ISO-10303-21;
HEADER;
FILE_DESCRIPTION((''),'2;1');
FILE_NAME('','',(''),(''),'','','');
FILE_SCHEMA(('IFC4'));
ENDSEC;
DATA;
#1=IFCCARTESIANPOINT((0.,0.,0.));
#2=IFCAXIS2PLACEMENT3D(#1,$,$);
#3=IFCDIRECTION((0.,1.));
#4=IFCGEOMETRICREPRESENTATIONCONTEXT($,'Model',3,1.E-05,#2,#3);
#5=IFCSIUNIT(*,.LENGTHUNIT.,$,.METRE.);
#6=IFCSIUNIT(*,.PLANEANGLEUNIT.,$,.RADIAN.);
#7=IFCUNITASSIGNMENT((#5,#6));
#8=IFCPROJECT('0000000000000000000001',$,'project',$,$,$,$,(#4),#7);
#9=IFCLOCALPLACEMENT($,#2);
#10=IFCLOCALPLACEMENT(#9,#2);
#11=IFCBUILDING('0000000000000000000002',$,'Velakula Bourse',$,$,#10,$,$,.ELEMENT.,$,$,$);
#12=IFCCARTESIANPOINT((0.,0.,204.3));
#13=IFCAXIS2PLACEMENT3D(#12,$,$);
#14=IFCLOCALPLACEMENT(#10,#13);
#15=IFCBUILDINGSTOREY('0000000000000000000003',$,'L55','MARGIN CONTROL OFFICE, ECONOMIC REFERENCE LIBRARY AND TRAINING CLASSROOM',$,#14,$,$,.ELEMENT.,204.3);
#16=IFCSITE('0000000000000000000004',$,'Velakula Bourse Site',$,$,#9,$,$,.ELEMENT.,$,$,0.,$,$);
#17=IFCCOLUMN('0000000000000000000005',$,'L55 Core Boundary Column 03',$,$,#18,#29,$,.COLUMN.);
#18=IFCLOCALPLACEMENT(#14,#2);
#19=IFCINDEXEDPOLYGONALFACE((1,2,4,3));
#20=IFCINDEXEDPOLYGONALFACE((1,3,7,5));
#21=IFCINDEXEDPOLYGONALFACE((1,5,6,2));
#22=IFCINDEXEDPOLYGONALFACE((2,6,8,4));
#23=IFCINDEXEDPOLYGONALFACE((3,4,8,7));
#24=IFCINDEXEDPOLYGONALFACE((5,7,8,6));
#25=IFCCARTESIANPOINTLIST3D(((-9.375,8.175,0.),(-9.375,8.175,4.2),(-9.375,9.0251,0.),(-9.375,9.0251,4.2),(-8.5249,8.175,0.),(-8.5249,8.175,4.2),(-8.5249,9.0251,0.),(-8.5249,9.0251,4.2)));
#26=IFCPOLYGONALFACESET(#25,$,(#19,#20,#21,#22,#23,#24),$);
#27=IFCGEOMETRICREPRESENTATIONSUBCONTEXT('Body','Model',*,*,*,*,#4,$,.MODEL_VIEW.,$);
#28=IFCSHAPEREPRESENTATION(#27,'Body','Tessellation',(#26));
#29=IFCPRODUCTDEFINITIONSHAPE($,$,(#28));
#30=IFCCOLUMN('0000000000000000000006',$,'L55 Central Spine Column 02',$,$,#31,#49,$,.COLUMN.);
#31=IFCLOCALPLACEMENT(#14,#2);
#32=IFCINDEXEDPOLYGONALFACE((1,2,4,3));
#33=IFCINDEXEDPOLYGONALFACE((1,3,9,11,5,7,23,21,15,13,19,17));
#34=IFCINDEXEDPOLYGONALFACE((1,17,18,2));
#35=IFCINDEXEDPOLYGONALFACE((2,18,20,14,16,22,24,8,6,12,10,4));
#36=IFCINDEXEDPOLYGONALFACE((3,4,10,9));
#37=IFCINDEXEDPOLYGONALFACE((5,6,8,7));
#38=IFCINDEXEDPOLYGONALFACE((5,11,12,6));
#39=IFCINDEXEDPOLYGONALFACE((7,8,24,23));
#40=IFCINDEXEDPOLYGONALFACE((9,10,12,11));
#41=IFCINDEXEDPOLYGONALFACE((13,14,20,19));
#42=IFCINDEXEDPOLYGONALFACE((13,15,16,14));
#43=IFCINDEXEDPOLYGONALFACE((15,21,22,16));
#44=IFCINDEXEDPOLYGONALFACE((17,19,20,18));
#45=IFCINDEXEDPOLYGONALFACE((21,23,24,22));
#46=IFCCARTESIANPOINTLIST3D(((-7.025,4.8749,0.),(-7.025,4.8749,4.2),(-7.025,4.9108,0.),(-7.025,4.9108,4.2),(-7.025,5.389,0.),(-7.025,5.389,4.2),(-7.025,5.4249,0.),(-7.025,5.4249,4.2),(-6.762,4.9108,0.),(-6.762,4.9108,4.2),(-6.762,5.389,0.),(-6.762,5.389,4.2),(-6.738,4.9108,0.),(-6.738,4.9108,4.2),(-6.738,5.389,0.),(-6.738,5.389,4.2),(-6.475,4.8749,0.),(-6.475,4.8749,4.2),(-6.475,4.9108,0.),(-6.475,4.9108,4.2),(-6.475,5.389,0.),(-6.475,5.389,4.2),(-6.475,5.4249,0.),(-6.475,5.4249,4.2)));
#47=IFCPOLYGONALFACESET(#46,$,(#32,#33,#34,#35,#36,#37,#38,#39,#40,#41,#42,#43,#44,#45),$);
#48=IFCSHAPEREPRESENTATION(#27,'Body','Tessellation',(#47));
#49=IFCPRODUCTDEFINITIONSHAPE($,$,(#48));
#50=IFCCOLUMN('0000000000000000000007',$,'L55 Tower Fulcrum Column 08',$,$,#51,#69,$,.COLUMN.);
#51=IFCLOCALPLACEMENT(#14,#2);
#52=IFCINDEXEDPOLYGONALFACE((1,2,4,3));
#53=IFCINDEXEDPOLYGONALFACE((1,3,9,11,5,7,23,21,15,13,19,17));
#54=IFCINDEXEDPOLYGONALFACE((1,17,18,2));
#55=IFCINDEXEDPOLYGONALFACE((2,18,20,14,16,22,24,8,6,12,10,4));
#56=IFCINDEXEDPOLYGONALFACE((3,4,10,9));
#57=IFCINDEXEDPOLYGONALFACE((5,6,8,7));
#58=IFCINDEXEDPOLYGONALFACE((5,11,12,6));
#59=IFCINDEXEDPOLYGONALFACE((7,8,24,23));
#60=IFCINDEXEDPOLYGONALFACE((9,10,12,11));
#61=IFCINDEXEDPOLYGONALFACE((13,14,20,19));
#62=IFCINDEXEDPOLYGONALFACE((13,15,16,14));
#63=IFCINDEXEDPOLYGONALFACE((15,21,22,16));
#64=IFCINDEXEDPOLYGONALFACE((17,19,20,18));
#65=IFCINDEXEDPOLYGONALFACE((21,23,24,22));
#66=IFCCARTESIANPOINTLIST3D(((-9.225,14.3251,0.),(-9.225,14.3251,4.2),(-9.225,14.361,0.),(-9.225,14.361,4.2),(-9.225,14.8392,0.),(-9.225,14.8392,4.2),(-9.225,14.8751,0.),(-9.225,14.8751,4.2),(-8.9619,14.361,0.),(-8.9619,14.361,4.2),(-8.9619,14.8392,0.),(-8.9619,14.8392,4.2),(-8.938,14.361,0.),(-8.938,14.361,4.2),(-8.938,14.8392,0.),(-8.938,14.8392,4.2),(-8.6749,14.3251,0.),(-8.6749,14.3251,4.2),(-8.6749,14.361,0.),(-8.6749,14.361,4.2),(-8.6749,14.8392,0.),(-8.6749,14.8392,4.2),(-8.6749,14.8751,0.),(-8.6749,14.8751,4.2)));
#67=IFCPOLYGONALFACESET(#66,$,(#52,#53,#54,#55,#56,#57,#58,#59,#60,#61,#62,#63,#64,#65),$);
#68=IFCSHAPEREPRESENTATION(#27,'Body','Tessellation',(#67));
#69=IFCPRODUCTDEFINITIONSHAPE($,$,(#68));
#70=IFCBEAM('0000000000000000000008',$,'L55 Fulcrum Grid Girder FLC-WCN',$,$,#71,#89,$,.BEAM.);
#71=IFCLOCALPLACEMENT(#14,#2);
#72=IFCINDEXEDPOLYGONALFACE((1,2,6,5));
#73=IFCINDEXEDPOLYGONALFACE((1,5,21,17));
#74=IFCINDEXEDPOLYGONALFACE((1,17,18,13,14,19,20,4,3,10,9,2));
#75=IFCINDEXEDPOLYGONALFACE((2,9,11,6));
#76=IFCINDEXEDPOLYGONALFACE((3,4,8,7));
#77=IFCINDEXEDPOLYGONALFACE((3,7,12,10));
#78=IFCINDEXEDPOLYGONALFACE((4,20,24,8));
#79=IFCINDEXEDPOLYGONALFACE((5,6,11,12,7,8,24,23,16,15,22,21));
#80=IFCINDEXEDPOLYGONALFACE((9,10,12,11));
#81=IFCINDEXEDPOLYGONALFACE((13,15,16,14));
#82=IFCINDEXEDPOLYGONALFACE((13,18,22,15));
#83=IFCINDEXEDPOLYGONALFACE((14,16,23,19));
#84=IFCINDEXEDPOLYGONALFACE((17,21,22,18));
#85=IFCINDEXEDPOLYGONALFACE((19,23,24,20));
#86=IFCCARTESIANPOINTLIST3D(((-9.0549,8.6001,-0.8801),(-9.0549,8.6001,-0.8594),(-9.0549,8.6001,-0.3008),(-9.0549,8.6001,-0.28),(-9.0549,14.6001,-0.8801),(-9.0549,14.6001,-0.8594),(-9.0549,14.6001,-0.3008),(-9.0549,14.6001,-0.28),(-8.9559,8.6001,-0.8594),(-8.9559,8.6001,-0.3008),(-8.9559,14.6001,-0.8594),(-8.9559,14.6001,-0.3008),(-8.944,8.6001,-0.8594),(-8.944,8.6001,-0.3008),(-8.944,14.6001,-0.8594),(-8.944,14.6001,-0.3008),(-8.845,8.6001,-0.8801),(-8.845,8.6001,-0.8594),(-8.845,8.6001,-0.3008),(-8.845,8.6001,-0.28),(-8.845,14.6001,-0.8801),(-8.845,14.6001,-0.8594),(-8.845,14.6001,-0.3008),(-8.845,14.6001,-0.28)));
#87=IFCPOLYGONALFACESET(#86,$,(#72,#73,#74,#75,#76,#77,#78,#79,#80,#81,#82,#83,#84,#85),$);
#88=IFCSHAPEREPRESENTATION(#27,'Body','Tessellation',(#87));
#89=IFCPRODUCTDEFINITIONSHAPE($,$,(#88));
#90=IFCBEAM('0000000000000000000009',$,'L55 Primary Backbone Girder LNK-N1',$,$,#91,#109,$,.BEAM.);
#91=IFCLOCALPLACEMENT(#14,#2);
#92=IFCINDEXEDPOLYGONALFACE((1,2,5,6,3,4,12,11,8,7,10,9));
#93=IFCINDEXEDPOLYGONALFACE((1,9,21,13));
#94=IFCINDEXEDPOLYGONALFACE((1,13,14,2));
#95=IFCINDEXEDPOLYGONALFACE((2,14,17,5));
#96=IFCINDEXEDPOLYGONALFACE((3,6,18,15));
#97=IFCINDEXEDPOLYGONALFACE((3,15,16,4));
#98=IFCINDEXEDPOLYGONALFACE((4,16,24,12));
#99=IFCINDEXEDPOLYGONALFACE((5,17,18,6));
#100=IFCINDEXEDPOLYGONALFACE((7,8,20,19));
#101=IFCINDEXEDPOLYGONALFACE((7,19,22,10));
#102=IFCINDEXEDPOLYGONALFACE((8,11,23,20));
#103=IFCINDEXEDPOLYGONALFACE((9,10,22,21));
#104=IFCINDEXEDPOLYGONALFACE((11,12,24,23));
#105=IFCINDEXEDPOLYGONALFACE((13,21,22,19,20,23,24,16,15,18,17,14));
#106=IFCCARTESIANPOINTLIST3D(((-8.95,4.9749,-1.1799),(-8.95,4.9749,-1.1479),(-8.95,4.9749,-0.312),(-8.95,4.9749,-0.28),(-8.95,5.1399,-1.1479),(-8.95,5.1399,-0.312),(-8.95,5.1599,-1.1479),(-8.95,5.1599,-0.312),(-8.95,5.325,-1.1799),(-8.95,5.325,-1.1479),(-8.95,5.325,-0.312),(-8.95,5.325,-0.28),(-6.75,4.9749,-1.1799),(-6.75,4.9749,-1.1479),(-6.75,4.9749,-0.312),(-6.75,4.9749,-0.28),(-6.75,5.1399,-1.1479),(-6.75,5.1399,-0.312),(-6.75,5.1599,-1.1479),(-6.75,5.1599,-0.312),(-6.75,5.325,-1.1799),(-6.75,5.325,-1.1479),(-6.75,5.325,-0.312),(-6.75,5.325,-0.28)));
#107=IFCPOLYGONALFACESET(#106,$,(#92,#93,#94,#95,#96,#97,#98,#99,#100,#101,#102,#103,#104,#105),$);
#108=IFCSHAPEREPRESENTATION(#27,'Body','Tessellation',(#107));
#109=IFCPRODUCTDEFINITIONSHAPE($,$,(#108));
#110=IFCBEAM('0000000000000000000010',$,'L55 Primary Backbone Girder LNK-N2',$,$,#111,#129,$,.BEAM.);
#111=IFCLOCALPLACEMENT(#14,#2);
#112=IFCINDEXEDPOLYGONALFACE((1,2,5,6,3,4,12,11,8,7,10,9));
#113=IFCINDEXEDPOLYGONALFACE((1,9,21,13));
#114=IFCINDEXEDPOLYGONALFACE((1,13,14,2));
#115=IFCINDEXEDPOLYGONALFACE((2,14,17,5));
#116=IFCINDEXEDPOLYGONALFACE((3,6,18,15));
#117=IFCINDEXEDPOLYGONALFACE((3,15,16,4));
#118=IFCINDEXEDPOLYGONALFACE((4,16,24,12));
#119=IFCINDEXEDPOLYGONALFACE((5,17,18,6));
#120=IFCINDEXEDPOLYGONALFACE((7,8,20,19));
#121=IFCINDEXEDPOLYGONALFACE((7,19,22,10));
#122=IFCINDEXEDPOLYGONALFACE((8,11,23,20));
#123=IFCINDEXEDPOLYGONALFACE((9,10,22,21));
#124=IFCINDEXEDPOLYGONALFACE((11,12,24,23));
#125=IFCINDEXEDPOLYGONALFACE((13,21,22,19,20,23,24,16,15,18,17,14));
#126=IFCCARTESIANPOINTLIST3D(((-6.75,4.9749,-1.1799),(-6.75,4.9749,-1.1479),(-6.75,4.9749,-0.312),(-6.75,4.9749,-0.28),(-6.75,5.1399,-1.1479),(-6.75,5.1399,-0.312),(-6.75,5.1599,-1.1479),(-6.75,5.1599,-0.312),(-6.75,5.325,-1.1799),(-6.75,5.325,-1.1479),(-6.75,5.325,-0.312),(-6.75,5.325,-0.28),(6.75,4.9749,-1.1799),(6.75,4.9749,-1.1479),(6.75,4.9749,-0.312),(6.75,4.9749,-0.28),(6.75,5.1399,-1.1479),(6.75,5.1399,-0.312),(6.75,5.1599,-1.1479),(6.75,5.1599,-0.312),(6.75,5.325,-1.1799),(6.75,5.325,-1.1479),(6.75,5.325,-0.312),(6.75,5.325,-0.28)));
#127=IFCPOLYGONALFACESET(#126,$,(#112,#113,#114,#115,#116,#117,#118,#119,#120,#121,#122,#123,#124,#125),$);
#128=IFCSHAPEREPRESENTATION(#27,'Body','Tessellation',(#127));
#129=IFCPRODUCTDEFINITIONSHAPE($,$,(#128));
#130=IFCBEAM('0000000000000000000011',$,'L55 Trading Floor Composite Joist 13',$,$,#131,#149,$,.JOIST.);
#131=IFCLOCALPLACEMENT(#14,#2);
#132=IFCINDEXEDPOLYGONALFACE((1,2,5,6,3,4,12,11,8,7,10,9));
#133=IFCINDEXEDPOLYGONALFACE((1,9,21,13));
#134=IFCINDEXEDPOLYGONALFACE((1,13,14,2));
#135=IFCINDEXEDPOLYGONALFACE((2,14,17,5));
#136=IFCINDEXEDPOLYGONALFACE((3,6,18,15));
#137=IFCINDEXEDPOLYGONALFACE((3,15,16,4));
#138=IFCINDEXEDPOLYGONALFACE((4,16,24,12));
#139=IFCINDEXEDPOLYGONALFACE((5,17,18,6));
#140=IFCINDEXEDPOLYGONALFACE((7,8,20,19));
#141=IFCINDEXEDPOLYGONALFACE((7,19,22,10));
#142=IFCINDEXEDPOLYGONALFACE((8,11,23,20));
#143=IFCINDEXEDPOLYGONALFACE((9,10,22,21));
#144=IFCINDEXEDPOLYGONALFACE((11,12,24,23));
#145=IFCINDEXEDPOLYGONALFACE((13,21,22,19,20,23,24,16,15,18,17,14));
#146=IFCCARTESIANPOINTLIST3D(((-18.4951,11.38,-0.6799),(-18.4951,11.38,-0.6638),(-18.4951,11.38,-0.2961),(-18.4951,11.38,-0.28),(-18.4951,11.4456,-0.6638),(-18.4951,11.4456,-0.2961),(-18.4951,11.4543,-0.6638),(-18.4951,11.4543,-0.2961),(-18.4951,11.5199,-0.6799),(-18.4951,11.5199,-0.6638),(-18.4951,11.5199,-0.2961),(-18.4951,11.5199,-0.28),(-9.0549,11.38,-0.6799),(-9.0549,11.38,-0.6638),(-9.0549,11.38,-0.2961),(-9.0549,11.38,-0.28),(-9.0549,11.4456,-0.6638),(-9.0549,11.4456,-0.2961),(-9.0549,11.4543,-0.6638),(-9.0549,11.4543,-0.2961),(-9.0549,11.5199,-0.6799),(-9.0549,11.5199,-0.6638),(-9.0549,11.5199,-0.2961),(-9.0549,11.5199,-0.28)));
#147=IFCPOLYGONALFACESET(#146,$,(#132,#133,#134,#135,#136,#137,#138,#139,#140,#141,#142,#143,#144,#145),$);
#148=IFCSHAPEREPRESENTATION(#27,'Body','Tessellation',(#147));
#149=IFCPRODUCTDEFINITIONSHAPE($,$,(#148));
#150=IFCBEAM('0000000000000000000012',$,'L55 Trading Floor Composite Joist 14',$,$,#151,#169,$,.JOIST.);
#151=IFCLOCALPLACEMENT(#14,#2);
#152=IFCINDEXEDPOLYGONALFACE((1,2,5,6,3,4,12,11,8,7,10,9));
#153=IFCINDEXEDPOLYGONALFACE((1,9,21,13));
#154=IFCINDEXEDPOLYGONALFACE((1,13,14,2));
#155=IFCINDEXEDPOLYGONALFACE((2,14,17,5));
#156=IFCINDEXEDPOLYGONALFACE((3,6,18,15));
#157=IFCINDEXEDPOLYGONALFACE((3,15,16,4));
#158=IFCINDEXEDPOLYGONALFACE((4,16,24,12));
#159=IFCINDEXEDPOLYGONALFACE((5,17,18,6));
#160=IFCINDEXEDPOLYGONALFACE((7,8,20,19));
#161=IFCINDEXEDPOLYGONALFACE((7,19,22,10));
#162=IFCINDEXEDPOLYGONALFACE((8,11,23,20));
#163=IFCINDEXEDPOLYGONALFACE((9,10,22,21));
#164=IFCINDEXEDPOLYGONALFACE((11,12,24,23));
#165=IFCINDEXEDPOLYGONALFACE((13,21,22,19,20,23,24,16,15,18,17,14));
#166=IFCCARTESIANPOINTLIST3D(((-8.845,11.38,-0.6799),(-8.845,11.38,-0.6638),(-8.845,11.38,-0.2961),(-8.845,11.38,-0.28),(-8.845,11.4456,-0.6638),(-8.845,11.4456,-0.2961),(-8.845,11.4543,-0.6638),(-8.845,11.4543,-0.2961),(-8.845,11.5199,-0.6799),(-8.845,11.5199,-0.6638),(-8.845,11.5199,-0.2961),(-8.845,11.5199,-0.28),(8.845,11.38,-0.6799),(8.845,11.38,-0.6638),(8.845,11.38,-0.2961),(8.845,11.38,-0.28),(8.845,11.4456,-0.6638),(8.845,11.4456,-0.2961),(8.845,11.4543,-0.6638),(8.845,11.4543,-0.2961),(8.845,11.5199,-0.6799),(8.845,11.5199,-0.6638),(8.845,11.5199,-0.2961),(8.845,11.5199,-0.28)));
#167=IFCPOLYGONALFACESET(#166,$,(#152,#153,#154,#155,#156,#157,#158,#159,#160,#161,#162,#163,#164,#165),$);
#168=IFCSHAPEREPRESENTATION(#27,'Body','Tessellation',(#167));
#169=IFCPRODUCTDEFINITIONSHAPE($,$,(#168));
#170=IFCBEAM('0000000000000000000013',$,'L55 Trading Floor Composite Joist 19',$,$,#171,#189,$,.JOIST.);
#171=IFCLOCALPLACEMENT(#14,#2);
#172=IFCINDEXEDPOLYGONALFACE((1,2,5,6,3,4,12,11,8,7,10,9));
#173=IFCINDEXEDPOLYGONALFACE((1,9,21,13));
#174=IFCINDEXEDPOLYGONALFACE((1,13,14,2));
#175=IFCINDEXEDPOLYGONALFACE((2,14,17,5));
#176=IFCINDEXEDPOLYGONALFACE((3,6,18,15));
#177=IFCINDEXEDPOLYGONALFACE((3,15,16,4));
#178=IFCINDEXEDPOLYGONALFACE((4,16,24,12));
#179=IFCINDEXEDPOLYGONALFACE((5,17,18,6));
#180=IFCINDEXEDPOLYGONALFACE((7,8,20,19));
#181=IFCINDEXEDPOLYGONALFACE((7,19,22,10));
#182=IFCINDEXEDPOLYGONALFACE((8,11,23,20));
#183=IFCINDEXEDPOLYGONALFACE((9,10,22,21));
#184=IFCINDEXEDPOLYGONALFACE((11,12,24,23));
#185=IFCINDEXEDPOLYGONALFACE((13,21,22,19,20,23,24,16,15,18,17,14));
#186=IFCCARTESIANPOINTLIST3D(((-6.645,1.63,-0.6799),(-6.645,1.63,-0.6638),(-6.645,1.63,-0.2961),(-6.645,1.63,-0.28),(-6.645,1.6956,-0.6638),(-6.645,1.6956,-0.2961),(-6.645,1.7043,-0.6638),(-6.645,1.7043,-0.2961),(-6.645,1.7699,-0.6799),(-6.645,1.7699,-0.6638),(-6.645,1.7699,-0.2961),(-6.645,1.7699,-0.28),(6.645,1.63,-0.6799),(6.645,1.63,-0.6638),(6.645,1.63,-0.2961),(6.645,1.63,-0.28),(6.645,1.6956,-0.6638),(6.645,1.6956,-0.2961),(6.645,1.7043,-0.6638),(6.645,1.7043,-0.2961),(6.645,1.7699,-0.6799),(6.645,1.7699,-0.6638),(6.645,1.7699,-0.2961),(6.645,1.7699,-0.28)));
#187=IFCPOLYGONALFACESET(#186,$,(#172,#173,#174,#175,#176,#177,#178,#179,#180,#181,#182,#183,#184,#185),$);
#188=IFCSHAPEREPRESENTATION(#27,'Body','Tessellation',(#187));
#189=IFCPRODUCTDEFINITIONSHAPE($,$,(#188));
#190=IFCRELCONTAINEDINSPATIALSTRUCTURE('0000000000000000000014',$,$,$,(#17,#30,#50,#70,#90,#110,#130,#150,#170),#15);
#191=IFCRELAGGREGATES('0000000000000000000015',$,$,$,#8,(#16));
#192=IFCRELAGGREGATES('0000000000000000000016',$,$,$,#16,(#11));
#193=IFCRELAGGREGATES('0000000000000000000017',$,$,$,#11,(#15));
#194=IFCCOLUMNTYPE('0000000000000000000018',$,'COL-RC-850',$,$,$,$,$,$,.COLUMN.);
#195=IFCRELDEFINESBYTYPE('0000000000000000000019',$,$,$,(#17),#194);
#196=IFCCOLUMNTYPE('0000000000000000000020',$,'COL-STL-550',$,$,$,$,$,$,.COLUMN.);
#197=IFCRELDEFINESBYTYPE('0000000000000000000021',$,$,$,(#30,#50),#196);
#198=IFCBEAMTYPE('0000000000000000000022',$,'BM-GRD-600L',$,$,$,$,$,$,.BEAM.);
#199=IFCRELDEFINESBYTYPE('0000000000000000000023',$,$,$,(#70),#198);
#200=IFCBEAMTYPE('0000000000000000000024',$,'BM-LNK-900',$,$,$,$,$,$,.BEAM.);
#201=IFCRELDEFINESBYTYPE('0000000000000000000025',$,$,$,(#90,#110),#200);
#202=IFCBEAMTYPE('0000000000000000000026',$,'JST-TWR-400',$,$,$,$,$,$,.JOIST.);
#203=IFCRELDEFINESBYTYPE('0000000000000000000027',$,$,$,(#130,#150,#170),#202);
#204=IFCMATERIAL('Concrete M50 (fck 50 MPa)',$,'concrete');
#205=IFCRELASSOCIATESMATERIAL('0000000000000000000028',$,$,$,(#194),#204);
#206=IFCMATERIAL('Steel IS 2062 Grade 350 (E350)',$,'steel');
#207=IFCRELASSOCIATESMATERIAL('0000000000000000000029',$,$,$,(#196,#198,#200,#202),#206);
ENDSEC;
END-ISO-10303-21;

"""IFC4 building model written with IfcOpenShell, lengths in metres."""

from ifc_helpers import new_model, si_unit, direction, frame, origin, origin_2d, place, context, subcontext, project, spatial, rectangle, i_section, extrude, material, material_profile, profile_set, type_object, element, save


model = new_model("IFC4")

# Units and contexts
model_context = context("Model", 3, precision=1e-05, world=origin(), true_north=direction((0.0, 1.0)))
body_context = subcontext(model_context, "Body", "Model", "MODEL_VIEW")
ifc_project = project(units=[si_unit("LENGTHUNIT", "METRE"), si_unit("PLANEANGLEUNIT", "RADIAN")], contexts=[model_context])

# Site, building, storey
site_placement = place(None, origin())
site = spatial("IfcSite", under=ifc_project, at=site_placement, Name="Velakula Bourse Site", CompositionType="ELEMENT", RefElevation=0.0)
building_placement = place(site_placement, origin())
building = spatial("IfcBuilding", under=site, at=building_placement, Name="Velakula Bourse", CompositionType="ELEMENT")
storey_placement = place(building_placement, frame((0.0, 0.0, 204.3)))
storey = spatial("IfcBuildingStorey", under=building, at=storey_placement, Name="L55", Description="MARGIN CONTROL OFFICE, ECONOMIC REFERENCE LIBRARY AND TRAINING CLASSROOM", CompositionType="ELEMENT", Elevation=204.3)

# Columns
ifc_material_1 = material(Name="Concrete M50 (fck 50 MPa)", Category="concrete")
ifc_material_profile_1 = material_profile(ifc_material_1, rectangle(XDim=0.8501, YDim=0.8501, at=origin_2d()), Name="Concrete M50 (fck 50 MPa)")
ifc_profile_set_1 = profile_set([ifc_material_profile_1], Name="Concrete M50 (fck 50 MPa)")
column_type_1 = type_object("IfcColumnType", Name="COL-RC-850", PredefinedType="COLUMN", material=ifc_profile_set_1)
column_placement = place(storey_placement, frame((-8.95, 8.6001, 0.0), z_axis=(0.0, 0.0, 1.0), x_axis=(1.0, 0.0, 0.0)))
element("IfcColumn", 1, at=column_placement, inside=storey, type_object=column_type_1, Name="L55 Core Boundary Column 03", PredefinedType="COLUMN", context=body_context, shape_type="SweptSolid", body=[
    extrude(rectangle(XDim=0.8501, YDim=0.8501, at=origin_2d()), origin(), (0.0, 0.0, 1.0), 4.2),
])
ifc_material_2 = material(Name="Steel IS 2062 Grade 350 (E350)", Category="steel")
ifc_material_profile_2 = material_profile(ifc_material_2, i_section(OverallWidth=0.55, OverallDepth=0.55, WebThickness=0.0239, FlangeThickness=0.0359, at=origin_2d()), Name="Steel IS 2062 Grade 350 (E350)")
ifc_profile_set_2 = profile_set([ifc_material_profile_2], Name="Steel IS 2062 Grade 350 (E350)")
column_type_2 = type_object("IfcColumnType", Name="COL-STL-550", PredefinedType="COLUMN", material=ifc_profile_set_2)
for number, where, z_axis, x_axis, name in (
    (2, (-6.75, 5.1499, 0.0), (0.0, 0.0, 1.0), (1.0, 0.0, 0.0), "L55 Central Spine Column 02"),
    (3, (-8.95, 14.6001, 0.0), (0.0, 0.0, 1.0), (1.0, 0.0, 0.0), "L55 Tower Fulcrum Column 08"),
):
    element("IfcColumn", number, at=place(storey_placement, frame(where, z_axis=z_axis, x_axis=x_axis)), inside=storey, type_object=column_type_2, Name=name, PredefinedType="COLUMN", context=body_context, shape_type="SweptSolid", body=[
        extrude(i_section(OverallWidth=0.55, OverallDepth=0.55, WebThickness=0.0239, FlangeThickness=0.0359, at=origin_2d()), origin(), (0.0, 0.0, 1.0), 4.2),
    ])

# Beams
ifc_material_profile_3 = material_profile(ifc_material_2, i_section(OverallWidth=0.21, OverallDepth=0.6001, WebThickness=0.012, FlangeThickness=0.0208, at=origin_2d()), Name="Steel IS 2062 Grade 350 (E350)")
ifc_profile_set_3 = profile_set([ifc_material_profile_3], Name="Steel IS 2062 Grade 350 (E350)")
beam_type_1 = type_object("IfcBeamType", Name="BM-GRD-600L", PredefinedType="BEAM", material=ifc_profile_set_3)
beam_1_placement = place(storey_placement, frame((-8.95, 8.6001, -0.5801), z_axis=(0.0, 1.0, 0.0), x_axis=(-1.0, 0.0, 0.0)))
element("IfcBeam", 4, at=beam_1_placement, inside=storey, type_object=beam_type_1, Name="L55 Fulcrum Grid Girder FLC-WCN", PredefinedType="BEAM", context=body_context, shape_type="SweptSolid", body=[
    extrude(i_section(OverallWidth=0.21, OverallDepth=0.6001, WebThickness=0.012, FlangeThickness=0.0208, at=origin_2d()), origin(), (0.0, 0.0, 1.0), 6.0),
])
ifc_material_profile_4 = material_profile(ifc_material_2, i_section(OverallWidth=0.3501, OverallDepth=0.8999, WebThickness=0.02, FlangeThickness=0.032, at=origin_2d()), Name="Steel IS 2062 Grade 350 (E350)")
ifc_profile_set_4 = profile_set([ifc_material_profile_4], Name="Steel IS 2062 Grade 350 (E350)")
beam_type_2 = type_object("IfcBeamType", Name="BM-LNK-900", PredefinedType="BEAM", material=ifc_profile_set_4)
beam_2_placement = place(storey_placement, frame((-8.95, 5.1499, -0.73), z_axis=(1.0, 0.0, 0.0), x_axis=(0.0, 1.0, 0.0)))
element("IfcBeam", 5, at=beam_2_placement, inside=storey, type_object=beam_type_2, Name="L55 Primary Backbone Girder LNK-N1", PredefinedType="BEAM", context=body_context, shape_type="SweptSolid", body=[
    extrude(i_section(OverallWidth=0.3501, OverallDepth=0.8999, WebThickness=0.02, FlangeThickness=0.032, at=origin_2d()), origin(), (0.0, 0.0, 1.0), 2.2),
])
beam_3_placement = place(storey_placement, frame((-6.75, 5.1499, -0.73), z_axis=(1.0, 0.0, 0.0), x_axis=(0.0, 1.0, 0.0)))
element("IfcBeam", 6, at=beam_3_placement, inside=storey, type_object=beam_type_2, Name="L55 Primary Backbone Girder LNK-N2", PredefinedType="BEAM", context=body_context, shape_type="SweptSolid", body=[
    extrude(i_section(OverallWidth=0.3501, OverallDepth=0.8999, WebThickness=0.02, FlangeThickness=0.032, at=origin_2d()), origin(), (0.0, 0.0, 1.0), 13.5),
])
ifc_material_profile_5 = material_profile(ifc_material_2, i_section(OverallWidth=0.1399, OverallDepth=0.3999, WebThickness=0.0088, FlangeThickness=0.0161, at=origin_2d()), Name="Steel IS 2062 Grade 350 (E350)")
ifc_profile_set_5 = profile_set([ifc_material_profile_5], Name="Steel IS 2062 Grade 350 (E350)")
beam_type_3 = type_object("IfcBeamType", Name="JST-TWR-400", PredefinedType="JOIST", material=ifc_profile_set_5)
beam_4_placement = place(storey_placement, frame((-18.4951, 11.45, -0.48), z_axis=(1.0, 0.0, 0.0), x_axis=(0.0, 1.0, 0.0)))
element("IfcBeam", 7, at=beam_4_placement, inside=storey, type_object=beam_type_3, Name="L55 Trading Floor Composite Joist 13", PredefinedType="JOIST", context=body_context, shape_type="SweptSolid", body=[
    extrude(i_section(OverallWidth=0.1399, OverallDepth=0.3999, WebThickness=0.0088, FlangeThickness=0.0161, at=origin_2d()), origin(), (0.0, 0.0, 1.0), 9.4402),
])
beam_5_placement = place(storey_placement, frame((-8.845, 11.45, -0.48), z_axis=(1.0, 0.0, 0.0), x_axis=(0.0, 1.0, 0.0)))
element("IfcBeam", 8, at=beam_5_placement, inside=storey, type_object=beam_type_3, Name="L55 Trading Floor Composite Joist 14", PredefinedType="JOIST", context=body_context, shape_type="SweptSolid", body=[
    extrude(i_section(OverallWidth=0.1399, OverallDepth=0.3999, WebThickness=0.0088, FlangeThickness=0.0161, at=origin_2d()), origin(), (0.0, 0.0, 1.0), 17.6899),
])
beam_6_placement = place(storey_placement, frame((-6.645, 1.7, -0.48), z_axis=(1.0, 0.0, 0.0), x_axis=(0.0, 1.0, 0.0)))
element("IfcBeam", 9, at=beam_6_placement, inside=storey, type_object=beam_type_3, Name="L55 Trading Floor Composite Joist 19", PredefinedType="JOIST", context=body_context, shape_type="SweptSolid", body=[
    extrude(i_section(OverallWidth=0.1399, OverallDepth=0.3999, WebThickness=0.0088, FlangeThickness=0.0161, at=origin_2d()), origin(), (0.0, 0.0, 1.0), 13.29),
])

save(model, "model.ifc")
